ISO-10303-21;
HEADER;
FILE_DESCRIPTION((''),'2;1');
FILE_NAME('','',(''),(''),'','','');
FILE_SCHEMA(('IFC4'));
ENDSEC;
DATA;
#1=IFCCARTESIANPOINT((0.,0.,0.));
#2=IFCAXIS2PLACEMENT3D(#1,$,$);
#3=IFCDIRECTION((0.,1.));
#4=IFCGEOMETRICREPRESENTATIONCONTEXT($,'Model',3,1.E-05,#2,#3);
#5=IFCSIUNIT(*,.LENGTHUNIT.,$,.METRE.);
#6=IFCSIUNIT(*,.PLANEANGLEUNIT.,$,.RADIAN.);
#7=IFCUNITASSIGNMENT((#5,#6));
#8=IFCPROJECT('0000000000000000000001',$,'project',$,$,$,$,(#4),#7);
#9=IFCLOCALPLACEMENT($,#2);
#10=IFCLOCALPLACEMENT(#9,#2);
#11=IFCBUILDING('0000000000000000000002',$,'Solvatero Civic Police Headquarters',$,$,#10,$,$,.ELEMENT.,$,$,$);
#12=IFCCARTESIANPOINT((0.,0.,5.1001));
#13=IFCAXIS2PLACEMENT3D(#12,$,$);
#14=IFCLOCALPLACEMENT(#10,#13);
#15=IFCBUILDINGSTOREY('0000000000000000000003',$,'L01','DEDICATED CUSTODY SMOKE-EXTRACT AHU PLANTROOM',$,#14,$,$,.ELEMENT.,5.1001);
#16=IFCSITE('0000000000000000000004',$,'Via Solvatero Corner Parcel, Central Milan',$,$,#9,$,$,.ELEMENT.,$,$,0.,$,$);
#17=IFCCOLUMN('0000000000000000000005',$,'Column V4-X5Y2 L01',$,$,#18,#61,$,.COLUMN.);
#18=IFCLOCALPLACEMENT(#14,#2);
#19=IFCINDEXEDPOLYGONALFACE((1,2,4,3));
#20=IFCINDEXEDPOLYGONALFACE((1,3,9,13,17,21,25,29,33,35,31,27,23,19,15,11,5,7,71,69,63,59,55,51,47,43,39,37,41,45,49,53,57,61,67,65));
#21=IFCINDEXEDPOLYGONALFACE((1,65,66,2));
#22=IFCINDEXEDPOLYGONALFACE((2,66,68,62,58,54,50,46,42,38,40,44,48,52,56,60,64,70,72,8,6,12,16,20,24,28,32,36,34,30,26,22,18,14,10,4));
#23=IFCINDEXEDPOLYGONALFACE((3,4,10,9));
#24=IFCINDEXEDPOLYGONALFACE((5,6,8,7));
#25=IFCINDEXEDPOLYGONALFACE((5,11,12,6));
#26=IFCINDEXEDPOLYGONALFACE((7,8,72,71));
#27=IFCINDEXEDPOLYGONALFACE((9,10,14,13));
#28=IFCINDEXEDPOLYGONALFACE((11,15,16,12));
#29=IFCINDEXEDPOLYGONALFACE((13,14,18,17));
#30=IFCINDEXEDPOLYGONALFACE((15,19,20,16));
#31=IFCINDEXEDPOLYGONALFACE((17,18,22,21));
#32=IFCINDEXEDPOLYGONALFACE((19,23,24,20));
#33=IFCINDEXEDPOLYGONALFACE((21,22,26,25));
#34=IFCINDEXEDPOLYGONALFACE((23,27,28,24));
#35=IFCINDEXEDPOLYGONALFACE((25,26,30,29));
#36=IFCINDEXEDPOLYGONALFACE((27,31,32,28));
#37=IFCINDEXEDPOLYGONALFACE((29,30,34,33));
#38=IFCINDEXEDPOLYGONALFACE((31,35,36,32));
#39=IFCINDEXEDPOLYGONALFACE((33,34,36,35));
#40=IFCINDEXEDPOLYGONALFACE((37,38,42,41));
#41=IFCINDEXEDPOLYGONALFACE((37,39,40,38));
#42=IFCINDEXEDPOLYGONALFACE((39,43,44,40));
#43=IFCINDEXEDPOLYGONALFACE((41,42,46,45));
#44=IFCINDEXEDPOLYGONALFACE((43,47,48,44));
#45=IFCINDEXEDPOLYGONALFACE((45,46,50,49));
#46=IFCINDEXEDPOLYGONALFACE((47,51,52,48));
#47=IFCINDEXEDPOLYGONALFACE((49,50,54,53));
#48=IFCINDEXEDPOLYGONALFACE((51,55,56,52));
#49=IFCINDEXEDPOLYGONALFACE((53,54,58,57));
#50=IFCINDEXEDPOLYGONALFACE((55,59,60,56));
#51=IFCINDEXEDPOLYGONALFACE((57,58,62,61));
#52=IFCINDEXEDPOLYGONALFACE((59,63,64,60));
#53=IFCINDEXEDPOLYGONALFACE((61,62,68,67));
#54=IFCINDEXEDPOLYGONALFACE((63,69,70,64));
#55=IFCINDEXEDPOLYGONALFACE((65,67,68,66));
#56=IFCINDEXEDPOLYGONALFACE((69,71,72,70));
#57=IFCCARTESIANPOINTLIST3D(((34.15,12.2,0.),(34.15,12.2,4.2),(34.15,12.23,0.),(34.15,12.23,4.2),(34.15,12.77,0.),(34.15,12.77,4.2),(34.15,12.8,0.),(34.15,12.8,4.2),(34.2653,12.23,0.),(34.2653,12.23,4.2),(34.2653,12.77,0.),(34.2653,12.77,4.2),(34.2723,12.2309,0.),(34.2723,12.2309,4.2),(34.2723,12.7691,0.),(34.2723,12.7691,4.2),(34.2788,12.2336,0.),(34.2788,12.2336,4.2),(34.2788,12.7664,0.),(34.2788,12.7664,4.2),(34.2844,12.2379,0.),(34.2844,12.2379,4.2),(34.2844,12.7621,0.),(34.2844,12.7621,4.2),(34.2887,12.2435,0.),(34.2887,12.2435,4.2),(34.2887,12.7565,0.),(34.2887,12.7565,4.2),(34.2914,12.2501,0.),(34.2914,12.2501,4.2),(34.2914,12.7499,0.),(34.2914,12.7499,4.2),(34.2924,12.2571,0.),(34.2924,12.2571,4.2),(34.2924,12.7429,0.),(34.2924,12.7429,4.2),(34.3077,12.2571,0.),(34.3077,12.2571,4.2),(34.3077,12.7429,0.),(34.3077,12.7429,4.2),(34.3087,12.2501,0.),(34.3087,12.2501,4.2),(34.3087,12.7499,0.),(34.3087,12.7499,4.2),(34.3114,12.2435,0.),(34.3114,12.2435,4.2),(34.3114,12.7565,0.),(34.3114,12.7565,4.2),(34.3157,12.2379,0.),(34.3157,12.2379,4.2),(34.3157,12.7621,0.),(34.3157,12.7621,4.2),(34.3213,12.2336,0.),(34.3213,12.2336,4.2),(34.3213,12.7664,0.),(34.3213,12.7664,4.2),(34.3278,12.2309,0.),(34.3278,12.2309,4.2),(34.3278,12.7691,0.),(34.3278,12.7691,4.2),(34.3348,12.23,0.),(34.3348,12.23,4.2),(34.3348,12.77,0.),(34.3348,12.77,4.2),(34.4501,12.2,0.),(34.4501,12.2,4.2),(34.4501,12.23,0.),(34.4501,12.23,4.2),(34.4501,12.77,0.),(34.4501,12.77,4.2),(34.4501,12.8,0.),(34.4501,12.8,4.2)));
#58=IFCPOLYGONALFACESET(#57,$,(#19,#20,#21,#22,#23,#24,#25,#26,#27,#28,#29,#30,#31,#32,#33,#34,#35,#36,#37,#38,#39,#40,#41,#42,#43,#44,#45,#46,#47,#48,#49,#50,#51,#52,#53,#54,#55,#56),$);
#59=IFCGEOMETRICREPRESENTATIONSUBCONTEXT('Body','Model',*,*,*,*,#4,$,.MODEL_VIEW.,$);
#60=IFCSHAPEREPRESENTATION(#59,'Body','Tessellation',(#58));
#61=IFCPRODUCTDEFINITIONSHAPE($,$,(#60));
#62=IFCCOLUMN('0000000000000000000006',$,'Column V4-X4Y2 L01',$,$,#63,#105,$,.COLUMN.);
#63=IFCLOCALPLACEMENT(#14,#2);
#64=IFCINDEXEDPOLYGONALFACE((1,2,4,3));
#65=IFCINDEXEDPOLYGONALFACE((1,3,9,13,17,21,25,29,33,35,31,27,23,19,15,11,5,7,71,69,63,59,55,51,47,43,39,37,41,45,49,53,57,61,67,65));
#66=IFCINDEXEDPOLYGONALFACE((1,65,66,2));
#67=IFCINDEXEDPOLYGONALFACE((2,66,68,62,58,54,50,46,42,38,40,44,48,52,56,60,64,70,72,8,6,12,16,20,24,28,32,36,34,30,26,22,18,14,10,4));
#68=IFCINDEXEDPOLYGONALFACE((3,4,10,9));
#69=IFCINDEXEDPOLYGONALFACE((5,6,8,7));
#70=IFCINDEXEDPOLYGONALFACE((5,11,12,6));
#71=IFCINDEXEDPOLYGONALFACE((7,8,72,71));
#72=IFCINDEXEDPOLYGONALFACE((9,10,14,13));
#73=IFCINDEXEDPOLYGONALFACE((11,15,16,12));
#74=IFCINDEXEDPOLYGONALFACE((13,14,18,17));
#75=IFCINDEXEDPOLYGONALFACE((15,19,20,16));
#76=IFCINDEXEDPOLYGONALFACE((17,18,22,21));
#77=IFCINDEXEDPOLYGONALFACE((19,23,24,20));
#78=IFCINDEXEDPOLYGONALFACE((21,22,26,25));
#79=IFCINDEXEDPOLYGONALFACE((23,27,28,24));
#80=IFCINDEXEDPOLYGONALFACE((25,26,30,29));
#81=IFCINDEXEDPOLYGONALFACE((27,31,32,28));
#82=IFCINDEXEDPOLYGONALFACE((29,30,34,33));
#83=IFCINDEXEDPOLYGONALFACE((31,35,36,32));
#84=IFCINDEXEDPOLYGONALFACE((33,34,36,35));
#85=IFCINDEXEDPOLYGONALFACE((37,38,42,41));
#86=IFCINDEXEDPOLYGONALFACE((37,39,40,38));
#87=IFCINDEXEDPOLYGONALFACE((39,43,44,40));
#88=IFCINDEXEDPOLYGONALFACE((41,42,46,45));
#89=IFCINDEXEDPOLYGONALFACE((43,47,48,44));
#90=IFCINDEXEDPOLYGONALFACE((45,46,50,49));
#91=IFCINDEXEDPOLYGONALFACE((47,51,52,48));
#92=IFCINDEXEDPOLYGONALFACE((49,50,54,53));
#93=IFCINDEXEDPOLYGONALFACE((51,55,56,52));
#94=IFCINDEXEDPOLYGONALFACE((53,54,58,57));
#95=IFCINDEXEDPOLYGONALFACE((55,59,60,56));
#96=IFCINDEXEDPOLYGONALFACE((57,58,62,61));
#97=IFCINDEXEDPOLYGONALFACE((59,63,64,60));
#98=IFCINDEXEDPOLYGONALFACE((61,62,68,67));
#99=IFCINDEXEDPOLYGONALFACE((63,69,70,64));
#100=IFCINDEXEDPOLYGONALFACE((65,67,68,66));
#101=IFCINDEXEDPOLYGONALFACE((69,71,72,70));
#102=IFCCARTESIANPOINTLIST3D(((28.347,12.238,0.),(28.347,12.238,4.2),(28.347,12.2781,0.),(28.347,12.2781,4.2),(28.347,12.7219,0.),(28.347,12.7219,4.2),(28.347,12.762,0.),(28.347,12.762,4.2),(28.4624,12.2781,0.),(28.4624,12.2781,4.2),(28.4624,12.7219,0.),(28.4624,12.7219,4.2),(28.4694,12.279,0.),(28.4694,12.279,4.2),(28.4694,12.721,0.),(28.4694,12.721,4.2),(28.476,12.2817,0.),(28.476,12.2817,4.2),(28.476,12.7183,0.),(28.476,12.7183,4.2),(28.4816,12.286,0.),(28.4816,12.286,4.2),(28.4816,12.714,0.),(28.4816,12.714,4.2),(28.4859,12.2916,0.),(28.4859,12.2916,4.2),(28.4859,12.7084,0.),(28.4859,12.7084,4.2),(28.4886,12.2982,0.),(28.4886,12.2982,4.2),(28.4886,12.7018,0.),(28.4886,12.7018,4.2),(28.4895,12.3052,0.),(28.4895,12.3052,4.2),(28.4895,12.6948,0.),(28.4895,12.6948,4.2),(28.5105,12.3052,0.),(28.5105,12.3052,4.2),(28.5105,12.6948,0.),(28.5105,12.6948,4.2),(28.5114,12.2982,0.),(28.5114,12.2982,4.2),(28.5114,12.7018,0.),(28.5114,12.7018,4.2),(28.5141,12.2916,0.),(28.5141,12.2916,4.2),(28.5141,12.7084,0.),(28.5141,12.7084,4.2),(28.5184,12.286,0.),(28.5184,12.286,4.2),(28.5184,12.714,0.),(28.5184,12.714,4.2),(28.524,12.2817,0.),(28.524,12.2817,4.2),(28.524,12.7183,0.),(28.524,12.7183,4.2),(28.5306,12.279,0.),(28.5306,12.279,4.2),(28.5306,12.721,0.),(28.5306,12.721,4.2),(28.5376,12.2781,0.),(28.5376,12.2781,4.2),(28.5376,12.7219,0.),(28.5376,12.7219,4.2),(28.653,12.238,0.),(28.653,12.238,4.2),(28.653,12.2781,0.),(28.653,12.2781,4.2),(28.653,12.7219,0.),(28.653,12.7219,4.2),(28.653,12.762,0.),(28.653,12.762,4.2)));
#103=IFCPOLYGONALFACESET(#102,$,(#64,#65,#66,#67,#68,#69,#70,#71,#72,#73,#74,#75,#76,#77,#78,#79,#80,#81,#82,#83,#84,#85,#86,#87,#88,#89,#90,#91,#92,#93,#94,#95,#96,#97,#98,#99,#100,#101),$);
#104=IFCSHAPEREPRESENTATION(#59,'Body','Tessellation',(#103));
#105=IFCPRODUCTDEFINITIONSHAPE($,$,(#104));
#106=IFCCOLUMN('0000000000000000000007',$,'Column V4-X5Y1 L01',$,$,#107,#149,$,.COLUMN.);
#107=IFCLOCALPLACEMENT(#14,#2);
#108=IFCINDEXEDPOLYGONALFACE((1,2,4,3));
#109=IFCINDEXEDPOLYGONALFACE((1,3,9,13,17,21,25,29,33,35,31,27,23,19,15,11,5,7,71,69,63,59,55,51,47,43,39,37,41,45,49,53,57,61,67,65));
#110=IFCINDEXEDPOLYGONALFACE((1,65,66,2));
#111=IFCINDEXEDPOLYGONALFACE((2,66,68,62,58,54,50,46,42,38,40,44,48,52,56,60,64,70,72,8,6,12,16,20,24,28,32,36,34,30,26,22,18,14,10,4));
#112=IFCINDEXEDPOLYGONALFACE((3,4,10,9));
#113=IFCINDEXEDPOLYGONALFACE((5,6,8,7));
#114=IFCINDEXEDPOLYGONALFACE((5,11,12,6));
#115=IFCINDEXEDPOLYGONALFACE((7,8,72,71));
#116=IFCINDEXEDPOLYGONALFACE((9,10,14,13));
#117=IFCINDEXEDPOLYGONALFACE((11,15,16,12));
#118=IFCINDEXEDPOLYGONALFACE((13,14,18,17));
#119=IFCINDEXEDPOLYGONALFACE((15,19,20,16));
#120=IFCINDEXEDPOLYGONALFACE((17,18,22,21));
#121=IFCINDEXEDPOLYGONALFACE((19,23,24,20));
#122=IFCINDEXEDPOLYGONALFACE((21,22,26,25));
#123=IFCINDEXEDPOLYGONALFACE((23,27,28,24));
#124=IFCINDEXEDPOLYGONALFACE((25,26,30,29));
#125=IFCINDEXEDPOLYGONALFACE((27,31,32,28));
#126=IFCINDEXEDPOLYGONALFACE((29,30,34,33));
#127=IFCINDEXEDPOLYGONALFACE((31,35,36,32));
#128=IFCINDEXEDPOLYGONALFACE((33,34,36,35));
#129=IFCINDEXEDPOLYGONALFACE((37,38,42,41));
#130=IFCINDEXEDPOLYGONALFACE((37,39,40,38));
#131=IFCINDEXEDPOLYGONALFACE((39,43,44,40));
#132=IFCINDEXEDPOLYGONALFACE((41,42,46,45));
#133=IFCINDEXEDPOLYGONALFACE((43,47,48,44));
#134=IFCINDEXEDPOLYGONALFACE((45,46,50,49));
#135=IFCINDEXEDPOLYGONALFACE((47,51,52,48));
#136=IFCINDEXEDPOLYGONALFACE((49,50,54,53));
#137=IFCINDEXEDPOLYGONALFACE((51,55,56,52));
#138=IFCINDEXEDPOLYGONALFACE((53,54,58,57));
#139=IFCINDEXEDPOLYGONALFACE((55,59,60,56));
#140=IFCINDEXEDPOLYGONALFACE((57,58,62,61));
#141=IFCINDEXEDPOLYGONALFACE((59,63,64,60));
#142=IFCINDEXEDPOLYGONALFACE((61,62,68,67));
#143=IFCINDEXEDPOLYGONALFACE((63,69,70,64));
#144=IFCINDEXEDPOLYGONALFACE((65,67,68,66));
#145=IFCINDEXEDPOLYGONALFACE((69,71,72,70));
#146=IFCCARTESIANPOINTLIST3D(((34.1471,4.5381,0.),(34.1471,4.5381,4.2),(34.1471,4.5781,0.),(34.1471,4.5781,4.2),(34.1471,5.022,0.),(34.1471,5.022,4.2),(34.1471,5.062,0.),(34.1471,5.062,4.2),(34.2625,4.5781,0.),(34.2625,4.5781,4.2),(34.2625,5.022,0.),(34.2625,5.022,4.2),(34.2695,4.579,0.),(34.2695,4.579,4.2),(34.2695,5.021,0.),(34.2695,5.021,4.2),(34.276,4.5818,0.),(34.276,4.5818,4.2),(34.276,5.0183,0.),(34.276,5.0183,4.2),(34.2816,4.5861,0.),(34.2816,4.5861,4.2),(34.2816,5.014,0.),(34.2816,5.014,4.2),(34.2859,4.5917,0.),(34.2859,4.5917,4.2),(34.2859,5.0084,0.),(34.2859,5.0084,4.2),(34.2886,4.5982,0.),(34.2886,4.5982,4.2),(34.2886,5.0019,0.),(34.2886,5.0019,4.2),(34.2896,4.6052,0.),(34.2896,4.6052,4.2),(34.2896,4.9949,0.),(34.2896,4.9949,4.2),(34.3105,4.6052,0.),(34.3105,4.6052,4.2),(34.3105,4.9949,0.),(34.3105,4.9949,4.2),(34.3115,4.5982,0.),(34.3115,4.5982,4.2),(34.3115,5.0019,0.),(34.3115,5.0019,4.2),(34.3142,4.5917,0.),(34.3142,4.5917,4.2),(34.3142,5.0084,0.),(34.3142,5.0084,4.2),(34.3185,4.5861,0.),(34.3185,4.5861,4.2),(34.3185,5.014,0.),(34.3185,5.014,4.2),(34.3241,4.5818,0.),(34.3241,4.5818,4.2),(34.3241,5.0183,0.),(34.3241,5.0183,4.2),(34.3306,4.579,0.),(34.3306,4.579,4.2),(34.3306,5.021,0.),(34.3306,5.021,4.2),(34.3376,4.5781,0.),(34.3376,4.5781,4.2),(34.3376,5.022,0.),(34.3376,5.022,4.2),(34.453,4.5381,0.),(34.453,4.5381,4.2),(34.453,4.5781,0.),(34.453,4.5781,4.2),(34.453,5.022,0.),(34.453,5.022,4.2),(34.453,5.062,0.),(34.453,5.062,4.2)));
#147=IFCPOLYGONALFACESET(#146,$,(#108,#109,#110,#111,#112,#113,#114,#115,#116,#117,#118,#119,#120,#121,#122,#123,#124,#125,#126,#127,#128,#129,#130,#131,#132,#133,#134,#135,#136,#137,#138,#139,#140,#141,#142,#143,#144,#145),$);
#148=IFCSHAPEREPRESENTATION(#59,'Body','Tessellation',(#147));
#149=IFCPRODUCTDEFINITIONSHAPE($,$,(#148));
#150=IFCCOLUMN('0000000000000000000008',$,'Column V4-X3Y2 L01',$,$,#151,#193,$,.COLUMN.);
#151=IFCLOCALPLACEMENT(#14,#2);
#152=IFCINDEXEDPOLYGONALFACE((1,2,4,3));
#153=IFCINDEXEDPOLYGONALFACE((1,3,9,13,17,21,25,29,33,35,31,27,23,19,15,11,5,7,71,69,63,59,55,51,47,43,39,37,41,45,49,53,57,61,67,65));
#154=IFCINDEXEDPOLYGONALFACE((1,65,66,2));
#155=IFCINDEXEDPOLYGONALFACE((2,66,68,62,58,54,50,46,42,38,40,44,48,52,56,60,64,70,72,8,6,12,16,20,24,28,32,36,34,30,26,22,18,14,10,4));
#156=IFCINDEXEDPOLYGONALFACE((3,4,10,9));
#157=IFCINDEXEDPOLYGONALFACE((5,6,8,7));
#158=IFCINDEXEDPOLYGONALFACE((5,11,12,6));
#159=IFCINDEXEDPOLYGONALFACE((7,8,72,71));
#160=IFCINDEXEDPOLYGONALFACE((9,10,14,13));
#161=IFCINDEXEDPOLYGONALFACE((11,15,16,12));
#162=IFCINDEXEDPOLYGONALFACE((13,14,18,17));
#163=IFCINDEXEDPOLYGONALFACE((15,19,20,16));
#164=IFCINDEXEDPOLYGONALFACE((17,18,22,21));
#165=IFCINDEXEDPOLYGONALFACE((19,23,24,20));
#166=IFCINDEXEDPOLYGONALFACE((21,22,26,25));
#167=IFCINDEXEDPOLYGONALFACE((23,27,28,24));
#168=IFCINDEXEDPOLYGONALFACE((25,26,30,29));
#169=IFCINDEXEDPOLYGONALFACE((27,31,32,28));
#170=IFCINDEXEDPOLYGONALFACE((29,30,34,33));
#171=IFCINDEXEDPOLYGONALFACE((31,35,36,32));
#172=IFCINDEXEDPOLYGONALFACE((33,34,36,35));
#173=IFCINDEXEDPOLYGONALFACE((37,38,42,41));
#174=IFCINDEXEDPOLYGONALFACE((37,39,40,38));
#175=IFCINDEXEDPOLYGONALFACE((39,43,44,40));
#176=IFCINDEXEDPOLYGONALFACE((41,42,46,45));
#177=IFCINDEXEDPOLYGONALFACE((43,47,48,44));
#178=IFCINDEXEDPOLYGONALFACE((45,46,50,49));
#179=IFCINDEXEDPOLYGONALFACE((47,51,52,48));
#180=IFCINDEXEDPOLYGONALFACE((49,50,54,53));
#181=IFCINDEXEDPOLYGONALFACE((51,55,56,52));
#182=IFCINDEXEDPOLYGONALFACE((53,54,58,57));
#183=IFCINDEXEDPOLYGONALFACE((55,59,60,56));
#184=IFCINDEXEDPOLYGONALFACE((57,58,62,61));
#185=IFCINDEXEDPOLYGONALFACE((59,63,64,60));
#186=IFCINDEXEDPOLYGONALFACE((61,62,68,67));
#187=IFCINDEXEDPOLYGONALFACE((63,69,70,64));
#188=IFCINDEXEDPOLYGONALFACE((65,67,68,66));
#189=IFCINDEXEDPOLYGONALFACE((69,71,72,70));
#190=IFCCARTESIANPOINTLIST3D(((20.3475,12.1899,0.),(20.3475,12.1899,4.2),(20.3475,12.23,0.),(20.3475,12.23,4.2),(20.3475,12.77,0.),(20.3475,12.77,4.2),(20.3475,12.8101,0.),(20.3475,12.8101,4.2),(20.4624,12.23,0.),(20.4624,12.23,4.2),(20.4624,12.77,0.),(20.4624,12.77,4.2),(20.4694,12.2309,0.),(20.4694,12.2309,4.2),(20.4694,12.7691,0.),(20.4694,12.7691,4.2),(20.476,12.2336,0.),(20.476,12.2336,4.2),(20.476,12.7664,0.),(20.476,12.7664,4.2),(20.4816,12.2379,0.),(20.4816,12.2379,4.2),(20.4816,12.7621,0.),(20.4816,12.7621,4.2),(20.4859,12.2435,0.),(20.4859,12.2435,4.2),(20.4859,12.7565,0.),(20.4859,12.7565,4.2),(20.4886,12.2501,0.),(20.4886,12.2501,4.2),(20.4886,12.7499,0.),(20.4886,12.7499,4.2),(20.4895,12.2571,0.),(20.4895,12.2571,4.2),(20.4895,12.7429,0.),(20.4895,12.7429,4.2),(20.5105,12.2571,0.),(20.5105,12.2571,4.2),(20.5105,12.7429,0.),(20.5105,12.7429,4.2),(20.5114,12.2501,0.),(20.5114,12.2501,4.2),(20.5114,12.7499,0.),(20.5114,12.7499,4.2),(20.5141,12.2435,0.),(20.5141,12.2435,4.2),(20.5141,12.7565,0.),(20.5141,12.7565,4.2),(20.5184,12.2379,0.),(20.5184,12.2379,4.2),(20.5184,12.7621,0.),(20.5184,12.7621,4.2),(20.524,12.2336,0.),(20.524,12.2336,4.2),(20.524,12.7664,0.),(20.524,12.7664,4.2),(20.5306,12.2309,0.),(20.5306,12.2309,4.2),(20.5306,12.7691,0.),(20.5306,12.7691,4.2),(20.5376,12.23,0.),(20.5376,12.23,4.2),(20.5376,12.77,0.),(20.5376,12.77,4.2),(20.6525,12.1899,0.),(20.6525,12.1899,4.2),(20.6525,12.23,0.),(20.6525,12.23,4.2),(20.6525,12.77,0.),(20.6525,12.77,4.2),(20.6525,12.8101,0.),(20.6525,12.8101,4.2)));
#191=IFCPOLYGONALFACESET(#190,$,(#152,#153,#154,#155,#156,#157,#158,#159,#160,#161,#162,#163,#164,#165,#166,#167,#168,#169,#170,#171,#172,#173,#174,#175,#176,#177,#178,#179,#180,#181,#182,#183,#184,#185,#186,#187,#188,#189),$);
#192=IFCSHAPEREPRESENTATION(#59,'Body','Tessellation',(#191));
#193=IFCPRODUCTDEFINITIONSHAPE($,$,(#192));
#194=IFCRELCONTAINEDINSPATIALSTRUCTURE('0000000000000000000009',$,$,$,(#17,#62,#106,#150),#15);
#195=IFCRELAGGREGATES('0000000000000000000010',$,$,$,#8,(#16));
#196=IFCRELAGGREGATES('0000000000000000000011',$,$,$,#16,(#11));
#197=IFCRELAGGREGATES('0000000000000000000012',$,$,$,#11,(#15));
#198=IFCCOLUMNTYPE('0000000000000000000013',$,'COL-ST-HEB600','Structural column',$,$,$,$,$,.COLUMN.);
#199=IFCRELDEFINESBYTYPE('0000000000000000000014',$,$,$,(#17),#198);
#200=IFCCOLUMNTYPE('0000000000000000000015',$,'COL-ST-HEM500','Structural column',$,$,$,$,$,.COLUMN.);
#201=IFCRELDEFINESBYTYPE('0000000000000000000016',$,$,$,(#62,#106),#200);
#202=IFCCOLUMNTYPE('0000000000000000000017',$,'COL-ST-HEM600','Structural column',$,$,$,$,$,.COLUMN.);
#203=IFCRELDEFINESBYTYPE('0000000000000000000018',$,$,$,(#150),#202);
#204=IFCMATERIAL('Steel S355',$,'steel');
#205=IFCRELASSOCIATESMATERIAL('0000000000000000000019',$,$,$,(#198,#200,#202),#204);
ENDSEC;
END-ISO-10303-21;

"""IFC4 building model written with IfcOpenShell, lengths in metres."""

from ifc_helpers import new_model, si_unit, direction, frame, origin, origin_2d, place, context, subcontext, project, spatial, i_section, extrude, material, material_profile, profile_set, type_object, element, save


model = new_model("IFC4")

# Units and contexts
model_context = context("Model", 3, precision=1e-05, world=origin(), true_north=direction((0.0, 1.0)))
body_context = subcontext(model_context, "Body", "Model", "MODEL_VIEW")
ifc_project = project(units=[si_unit("LENGTHUNIT", "METRE"), si_unit("PLANEANGLEUNIT", "RADIAN")], contexts=[model_context])

# Site, building, storey
site_placement = place(None, origin())
site = spatial("IfcSite", under=ifc_project, at=site_placement, Name="Via Solvatero Corner Parcel, Central Milan", CompositionType="ELEMENT", RefElevation=0.0)
building_placement = place(site_placement, origin())
building = spatial("IfcBuilding", under=site, at=building_placement, Name="Solvatero Civic Police Headquarters", CompositionType="ELEMENT")
storey_placement = place(building_placement, frame((0.0, 0.0, 5.1001)))
storey = spatial("IfcBuildingStorey", under=building, at=storey_placement, Name="L01", Description="DEDICATED CUSTODY SMOKE-EXTRACT AHU PLANTROOM", CompositionType="ELEMENT", Elevation=5.1001)

# Columns
ifc_material_1 = material(Name="Steel S355", Category="steel")
ifc_material_profile_1 = material_profile(ifc_material_1, i_section(OverallWidth=0.3, OverallDepth=0.6001, WebThickness=0.0154, FlangeThickness=0.03, FilletRadius=0.0271, at=origin_2d()), Name="HEB 600")
ifc_profile_set_1 = profile_set([ifc_material_profile_1], Name="Steel S355")
column_type_1 = type_object("IfcColumnType", Name="COL-ST-HEB600", Description="Structural column", PredefinedType="COLUMN", material=ifc_profile_set_1)
column_placement = place(storey_placement, frame((34.3, 12.5, 0.0), z_axis=(0.0, 0.0, 1.0), x_axis=(1.0, 0.0, 0.0)))
element("IfcColumn", 1, at=column_placement, inside=storey, type_object=column_type_1, Name="Column V4-X5Y2 L01", PredefinedType="COLUMN", context=body_context, shape_type="SweptSolid", body=[
    extrude(i_section(OverallWidth=0.3, OverallDepth=0.6001, WebThickness=0.0154, FlangeThickness=0.03, FilletRadius=0.0271, at=origin_2d()), origin(), (0.0, 0.0, 1.0), 4.2),
])
ifc_material_profile_2 = material_profile(ifc_material_1, i_section(OverallWidth=0.3059, OverallDepth=0.5239, WebThickness=0.021, FlangeThickness=0.04, FilletRadius=0.0271, at=origin_2d()), Name="HEM 500")
ifc_profile_set_2 = profile_set([ifc_material_profile_2], Name="Steel S355")
column_type_2 = type_object("IfcColumnType", Name="COL-ST-HEM500", Description="Structural column", PredefinedType="COLUMN", material=ifc_profile_set_2)
for number, where, z_axis, x_axis, name in (
    (2, (28.5, 12.5, 0.0), (0.0, 0.0, 1.0), (1.0, 0.0, 0.0), "Column V4-X4Y2 L01"),
    (3, (34.3, 4.8, 0.0), (0.0, 0.0, 1.0), (1.0, 0.0, 0.0), "Column V4-X5Y1 L01"),
):
    element("IfcColumn", number, at=place(storey_placement, frame(where, z_axis=z_axis, x_axis=x_axis)), inside=storey, type_object=column_type_2, Name=name, PredefinedType="COLUMN", context=body_context, shape_type="SweptSolid", body=[
        extrude(i_section(OverallWidth=0.3059, OverallDepth=0.5239, WebThickness=0.021, FlangeThickness=0.04, FilletRadius=0.0271, at=origin_2d()), origin(), (0.0, 0.0, 1.0), 4.2),
    ])
ifc_material_profile_3 = material_profile(ifc_material_1, i_section(OverallWidth=0.3049, OverallDepth=0.6201, WebThickness=0.021, FlangeThickness=0.04, FilletRadius=0.0271, at=origin_2d()), Name="HEM 600")
ifc_profile_set_3 = profile_set([ifc_material_profile_3], Name="Steel S355")
column_type_3 = type_object("IfcColumnType", Name="COL-ST-HEM600", Description="Structural column", PredefinedType="COLUMN", material=ifc_profile_set_3)
for number, where, z_axis, x_axis, name in (
    (4, (20.5, 12.5, 0.0), (0.0, 0.0, 1.0), (1.0, 0.0, 0.0), "Column V4-X3Y2 L01"),
):
    element("IfcColumn", number, at=place(storey_placement, frame(where, z_axis=z_axis, x_axis=x_axis)), inside=storey, type_object=column_type_3, Name=name, PredefinedType="COLUMN", context=body_context, shape_type="SweptSolid", body=[
        extrude(i_section(OverallWidth=0.3049, OverallDepth=0.6201, WebThickness=0.021, FlangeThickness=0.04, FilletRadius=0.0271, at=origin_2d()), origin(), (0.0, 0.0, 1.0), 4.2),
    ])

save(model, "model.ifc")
